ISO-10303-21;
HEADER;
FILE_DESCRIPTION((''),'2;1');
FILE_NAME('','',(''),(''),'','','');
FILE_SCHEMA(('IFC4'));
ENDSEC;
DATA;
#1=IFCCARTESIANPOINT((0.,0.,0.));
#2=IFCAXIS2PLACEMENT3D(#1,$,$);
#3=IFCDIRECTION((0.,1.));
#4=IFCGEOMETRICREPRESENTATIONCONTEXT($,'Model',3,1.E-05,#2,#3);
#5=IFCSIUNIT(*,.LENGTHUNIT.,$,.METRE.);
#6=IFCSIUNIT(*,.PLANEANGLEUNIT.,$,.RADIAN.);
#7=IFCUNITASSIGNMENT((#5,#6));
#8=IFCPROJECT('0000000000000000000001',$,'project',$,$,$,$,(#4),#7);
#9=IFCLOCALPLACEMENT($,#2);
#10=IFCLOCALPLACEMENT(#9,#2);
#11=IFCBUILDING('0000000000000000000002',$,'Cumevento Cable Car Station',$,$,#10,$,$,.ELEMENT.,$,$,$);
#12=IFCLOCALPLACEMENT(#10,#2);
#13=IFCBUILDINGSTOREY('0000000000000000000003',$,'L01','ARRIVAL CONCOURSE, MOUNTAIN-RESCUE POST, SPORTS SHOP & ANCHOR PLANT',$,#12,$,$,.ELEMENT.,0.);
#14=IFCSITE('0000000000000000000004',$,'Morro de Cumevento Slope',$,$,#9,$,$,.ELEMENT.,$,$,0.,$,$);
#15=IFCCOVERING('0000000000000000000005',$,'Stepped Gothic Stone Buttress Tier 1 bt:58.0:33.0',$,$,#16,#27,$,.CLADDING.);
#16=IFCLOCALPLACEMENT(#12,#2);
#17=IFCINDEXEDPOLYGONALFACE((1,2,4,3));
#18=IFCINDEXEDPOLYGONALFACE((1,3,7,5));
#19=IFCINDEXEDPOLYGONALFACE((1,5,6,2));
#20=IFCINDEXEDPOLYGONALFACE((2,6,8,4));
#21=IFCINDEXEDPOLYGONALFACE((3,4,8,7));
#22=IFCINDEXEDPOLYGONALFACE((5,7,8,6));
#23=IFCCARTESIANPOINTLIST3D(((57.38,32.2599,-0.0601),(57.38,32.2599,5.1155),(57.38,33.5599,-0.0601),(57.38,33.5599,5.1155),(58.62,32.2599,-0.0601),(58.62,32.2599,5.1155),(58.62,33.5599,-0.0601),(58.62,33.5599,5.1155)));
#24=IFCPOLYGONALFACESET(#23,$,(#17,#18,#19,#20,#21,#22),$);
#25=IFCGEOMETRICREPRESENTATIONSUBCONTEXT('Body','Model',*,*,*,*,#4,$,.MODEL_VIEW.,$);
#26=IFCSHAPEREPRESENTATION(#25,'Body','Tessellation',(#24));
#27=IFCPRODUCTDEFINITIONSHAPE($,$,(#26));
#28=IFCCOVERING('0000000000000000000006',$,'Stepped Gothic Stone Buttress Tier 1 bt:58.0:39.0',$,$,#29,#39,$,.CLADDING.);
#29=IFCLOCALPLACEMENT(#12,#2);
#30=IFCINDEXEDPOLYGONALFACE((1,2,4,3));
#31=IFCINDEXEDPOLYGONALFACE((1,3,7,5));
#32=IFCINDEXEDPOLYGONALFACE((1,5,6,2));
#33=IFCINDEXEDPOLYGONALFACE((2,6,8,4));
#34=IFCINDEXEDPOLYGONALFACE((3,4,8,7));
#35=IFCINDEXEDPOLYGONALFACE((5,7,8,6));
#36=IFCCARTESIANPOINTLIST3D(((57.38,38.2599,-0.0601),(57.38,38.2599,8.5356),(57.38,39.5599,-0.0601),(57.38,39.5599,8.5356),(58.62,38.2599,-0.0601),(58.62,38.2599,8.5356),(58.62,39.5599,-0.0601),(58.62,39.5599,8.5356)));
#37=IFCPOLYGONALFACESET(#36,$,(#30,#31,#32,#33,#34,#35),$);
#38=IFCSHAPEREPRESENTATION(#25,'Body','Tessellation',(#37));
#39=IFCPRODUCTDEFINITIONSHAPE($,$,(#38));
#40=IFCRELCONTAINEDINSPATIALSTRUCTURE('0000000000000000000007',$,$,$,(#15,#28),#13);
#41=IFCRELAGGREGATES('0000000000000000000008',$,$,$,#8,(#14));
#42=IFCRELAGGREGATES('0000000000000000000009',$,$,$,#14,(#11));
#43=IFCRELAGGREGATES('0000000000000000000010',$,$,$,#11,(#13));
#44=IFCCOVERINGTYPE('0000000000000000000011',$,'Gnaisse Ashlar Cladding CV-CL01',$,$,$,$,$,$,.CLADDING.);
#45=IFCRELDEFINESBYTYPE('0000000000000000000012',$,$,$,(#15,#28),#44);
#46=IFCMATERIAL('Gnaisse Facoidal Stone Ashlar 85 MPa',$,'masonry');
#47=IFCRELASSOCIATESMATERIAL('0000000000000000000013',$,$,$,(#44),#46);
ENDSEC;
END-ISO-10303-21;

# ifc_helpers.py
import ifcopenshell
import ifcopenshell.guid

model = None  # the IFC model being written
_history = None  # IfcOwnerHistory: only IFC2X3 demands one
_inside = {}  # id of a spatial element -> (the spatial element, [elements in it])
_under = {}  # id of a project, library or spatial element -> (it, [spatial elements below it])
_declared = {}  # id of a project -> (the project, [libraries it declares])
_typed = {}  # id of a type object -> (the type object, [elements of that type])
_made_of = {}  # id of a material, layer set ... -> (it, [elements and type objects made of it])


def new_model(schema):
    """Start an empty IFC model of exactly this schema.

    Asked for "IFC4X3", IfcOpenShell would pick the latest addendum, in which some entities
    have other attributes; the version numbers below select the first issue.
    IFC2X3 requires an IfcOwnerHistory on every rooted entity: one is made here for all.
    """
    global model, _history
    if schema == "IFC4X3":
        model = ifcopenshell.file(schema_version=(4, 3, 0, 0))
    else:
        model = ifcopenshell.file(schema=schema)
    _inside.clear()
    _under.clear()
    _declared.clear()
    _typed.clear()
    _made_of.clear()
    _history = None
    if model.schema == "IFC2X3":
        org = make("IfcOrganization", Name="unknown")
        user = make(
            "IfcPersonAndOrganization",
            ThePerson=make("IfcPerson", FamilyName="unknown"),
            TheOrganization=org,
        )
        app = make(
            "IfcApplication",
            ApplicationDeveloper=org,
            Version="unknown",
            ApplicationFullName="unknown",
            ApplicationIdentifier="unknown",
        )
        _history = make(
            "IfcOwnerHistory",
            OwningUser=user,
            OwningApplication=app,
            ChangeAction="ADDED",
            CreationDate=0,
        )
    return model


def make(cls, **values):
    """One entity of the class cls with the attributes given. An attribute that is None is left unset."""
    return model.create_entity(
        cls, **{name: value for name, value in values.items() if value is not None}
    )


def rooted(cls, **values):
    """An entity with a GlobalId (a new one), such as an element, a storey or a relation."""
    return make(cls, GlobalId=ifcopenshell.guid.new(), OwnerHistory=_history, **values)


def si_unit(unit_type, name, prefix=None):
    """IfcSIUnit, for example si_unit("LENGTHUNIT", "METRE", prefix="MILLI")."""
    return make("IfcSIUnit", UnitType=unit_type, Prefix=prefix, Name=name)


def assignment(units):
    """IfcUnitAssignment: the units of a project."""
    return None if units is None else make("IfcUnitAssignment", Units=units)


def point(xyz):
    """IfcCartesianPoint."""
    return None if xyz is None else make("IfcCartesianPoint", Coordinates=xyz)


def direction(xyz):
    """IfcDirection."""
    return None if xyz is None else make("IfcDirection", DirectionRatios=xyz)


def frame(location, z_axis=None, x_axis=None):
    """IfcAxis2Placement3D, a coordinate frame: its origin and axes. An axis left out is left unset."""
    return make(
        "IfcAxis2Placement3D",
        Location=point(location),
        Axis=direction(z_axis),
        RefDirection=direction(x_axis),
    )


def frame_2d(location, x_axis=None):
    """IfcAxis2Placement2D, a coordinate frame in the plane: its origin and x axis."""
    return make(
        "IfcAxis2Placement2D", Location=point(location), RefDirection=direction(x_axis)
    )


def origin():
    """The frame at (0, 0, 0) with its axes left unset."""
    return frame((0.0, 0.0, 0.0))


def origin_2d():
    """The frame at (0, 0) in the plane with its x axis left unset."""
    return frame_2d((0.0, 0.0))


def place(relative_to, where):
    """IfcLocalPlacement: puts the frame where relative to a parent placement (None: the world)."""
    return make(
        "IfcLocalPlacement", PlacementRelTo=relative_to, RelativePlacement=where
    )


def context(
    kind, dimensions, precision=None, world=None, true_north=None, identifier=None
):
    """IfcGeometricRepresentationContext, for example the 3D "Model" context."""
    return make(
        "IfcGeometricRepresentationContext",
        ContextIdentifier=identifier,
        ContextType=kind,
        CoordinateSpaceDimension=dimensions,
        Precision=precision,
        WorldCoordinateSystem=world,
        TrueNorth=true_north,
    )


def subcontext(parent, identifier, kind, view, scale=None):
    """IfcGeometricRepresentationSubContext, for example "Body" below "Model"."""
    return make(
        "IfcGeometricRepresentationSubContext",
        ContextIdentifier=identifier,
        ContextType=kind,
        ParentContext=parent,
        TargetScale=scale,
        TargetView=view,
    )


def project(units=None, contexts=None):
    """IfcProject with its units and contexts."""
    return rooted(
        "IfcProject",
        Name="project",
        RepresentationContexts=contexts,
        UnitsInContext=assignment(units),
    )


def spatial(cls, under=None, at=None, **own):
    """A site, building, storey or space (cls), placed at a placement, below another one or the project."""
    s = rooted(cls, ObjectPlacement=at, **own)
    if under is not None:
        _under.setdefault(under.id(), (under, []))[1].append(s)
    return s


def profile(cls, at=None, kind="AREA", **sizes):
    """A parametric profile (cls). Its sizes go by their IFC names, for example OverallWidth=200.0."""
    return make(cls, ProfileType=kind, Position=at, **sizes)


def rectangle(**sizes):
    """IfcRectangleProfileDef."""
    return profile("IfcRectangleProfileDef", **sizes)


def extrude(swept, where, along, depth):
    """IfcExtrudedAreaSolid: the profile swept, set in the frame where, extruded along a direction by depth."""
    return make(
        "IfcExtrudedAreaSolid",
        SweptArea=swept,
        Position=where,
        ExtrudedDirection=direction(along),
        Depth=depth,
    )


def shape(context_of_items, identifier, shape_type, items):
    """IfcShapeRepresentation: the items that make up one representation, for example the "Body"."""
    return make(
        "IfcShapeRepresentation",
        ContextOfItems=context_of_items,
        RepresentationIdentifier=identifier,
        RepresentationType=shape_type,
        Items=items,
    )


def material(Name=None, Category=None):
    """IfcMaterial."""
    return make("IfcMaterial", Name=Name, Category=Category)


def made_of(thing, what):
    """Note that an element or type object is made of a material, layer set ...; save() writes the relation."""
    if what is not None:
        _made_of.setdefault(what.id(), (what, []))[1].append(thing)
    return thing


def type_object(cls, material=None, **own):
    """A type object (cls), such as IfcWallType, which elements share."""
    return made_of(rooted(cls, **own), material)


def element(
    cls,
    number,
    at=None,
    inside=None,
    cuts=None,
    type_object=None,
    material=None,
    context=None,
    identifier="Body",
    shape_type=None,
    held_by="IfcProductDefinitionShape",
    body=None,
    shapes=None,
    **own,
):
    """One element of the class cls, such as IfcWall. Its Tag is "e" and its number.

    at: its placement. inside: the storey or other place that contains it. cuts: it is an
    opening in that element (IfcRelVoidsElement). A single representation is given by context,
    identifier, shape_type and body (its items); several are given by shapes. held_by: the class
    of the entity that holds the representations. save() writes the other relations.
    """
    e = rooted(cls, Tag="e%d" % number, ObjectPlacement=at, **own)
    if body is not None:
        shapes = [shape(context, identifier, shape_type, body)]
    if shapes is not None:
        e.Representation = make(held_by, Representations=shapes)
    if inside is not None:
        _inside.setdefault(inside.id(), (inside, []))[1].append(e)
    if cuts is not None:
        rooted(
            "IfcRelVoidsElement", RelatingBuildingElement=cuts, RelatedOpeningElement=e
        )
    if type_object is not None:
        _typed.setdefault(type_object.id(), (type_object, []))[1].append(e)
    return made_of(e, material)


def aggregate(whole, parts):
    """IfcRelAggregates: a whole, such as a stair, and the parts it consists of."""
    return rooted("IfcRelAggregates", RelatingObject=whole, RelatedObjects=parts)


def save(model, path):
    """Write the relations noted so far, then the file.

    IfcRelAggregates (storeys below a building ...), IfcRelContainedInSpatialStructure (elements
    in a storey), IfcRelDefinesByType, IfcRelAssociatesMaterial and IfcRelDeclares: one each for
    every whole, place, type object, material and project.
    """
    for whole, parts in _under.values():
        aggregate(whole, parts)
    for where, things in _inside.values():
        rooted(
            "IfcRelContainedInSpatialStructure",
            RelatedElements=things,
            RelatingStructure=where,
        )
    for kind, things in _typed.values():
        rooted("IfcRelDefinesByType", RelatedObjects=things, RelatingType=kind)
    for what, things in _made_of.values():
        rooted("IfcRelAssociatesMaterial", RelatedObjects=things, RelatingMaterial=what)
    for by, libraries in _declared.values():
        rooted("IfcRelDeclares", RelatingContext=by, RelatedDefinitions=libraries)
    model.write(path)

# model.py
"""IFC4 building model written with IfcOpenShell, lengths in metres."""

from ifc_helpers import new_model, si_unit, direction, frame, origin, origin_2d, place, context, subcontext, project, spatial, rectangle, extrude, material, type_object, element, save


model = new_model("IFC4")

# Units and contexts
model_context = context("Model", 3, precision=1e-05, world=origin(), true_north=direction((0.0, 1.0)))
body_context = subcontext(model_context, "Body", "Model", "MODEL_VIEW")
ifc_project = project(units=[si_unit("LENGTHUNIT", "METRE"), si_unit("PLANEANGLEUNIT", "RADIAN")], contexts=[model_context])

# Site, building, storey
site_placement = place(None, origin())
site = spatial("IfcSite", under=ifc_project, at=site_placement, Name="Morro de Cumevento Slope", CompositionType="ELEMENT", RefElevation=0.0)
building_placement = place(site_placement, origin())
building = spatial("IfcBuilding", under=site, at=building_placement, Name="Cumevento Cable Car Station", CompositionType="ELEMENT")
storey_placement = place(building_placement, origin())
storey = spatial("IfcBuildingStorey", under=building, at=storey_placement, Name="L01", Description="ARRIVAL CONCOURSE, MOUNTAIN-RESCUE POST, SPORTS SHOP & ANCHOR PLANT", CompositionType="ELEMENT", Elevation=0.0)

# Coverings
ifc_material_1 = material(Name="Gnaisse Facoidal Stone Ashlar 85 MPa", Category="masonry")
covering_type = type_object("IfcCoveringType", Name="Gnaisse Ashlar Cladding CV-CL01", PredefinedType="CLADDING", material=ifc_material_1)
covering_1_placement = place(storey_placement, frame((58.0, 32.9099, -0.0601), z_axis=(0.0, 0.0, 1.0), x_axis=(1.0, 0.0, 0.0)))
element("IfcCovering", 1, at=covering_1_placement, inside=storey, type_object=covering_type, Name="Stepped Gothic Stone Buttress Tier 1 bt:58.0:33.0", PredefinedType="CLADDING", context=body_context, shape_type="SweptSolid", body=[
    extrude(rectangle(XDim=1.24, YDim=1.3, at=origin_2d()), origin(), (0.0, 0.0, 1.0), 5.1755),
])
covering_2_placement = place(storey_placement, frame((58.0, 38.9099, -0.0601), z_axis=(0.0, 0.0, 1.0), x_axis=(1.0, 0.0, 0.0)))
element("IfcCovering", 2, at=covering_2_placement, inside=storey, type_object=covering_type, Name="Stepped Gothic Stone Buttress Tier 1 bt:58.0:39.0", PredefinedType="CLADDING", context=body_context, shape_type="SweptSolid", body=[
    extrude(rectangle(XDim=1.24, YDim=1.3, at=origin_2d()), origin(), (0.0, 0.0, 1.0), 8.5957),
])

save(model, "model.ifc")
